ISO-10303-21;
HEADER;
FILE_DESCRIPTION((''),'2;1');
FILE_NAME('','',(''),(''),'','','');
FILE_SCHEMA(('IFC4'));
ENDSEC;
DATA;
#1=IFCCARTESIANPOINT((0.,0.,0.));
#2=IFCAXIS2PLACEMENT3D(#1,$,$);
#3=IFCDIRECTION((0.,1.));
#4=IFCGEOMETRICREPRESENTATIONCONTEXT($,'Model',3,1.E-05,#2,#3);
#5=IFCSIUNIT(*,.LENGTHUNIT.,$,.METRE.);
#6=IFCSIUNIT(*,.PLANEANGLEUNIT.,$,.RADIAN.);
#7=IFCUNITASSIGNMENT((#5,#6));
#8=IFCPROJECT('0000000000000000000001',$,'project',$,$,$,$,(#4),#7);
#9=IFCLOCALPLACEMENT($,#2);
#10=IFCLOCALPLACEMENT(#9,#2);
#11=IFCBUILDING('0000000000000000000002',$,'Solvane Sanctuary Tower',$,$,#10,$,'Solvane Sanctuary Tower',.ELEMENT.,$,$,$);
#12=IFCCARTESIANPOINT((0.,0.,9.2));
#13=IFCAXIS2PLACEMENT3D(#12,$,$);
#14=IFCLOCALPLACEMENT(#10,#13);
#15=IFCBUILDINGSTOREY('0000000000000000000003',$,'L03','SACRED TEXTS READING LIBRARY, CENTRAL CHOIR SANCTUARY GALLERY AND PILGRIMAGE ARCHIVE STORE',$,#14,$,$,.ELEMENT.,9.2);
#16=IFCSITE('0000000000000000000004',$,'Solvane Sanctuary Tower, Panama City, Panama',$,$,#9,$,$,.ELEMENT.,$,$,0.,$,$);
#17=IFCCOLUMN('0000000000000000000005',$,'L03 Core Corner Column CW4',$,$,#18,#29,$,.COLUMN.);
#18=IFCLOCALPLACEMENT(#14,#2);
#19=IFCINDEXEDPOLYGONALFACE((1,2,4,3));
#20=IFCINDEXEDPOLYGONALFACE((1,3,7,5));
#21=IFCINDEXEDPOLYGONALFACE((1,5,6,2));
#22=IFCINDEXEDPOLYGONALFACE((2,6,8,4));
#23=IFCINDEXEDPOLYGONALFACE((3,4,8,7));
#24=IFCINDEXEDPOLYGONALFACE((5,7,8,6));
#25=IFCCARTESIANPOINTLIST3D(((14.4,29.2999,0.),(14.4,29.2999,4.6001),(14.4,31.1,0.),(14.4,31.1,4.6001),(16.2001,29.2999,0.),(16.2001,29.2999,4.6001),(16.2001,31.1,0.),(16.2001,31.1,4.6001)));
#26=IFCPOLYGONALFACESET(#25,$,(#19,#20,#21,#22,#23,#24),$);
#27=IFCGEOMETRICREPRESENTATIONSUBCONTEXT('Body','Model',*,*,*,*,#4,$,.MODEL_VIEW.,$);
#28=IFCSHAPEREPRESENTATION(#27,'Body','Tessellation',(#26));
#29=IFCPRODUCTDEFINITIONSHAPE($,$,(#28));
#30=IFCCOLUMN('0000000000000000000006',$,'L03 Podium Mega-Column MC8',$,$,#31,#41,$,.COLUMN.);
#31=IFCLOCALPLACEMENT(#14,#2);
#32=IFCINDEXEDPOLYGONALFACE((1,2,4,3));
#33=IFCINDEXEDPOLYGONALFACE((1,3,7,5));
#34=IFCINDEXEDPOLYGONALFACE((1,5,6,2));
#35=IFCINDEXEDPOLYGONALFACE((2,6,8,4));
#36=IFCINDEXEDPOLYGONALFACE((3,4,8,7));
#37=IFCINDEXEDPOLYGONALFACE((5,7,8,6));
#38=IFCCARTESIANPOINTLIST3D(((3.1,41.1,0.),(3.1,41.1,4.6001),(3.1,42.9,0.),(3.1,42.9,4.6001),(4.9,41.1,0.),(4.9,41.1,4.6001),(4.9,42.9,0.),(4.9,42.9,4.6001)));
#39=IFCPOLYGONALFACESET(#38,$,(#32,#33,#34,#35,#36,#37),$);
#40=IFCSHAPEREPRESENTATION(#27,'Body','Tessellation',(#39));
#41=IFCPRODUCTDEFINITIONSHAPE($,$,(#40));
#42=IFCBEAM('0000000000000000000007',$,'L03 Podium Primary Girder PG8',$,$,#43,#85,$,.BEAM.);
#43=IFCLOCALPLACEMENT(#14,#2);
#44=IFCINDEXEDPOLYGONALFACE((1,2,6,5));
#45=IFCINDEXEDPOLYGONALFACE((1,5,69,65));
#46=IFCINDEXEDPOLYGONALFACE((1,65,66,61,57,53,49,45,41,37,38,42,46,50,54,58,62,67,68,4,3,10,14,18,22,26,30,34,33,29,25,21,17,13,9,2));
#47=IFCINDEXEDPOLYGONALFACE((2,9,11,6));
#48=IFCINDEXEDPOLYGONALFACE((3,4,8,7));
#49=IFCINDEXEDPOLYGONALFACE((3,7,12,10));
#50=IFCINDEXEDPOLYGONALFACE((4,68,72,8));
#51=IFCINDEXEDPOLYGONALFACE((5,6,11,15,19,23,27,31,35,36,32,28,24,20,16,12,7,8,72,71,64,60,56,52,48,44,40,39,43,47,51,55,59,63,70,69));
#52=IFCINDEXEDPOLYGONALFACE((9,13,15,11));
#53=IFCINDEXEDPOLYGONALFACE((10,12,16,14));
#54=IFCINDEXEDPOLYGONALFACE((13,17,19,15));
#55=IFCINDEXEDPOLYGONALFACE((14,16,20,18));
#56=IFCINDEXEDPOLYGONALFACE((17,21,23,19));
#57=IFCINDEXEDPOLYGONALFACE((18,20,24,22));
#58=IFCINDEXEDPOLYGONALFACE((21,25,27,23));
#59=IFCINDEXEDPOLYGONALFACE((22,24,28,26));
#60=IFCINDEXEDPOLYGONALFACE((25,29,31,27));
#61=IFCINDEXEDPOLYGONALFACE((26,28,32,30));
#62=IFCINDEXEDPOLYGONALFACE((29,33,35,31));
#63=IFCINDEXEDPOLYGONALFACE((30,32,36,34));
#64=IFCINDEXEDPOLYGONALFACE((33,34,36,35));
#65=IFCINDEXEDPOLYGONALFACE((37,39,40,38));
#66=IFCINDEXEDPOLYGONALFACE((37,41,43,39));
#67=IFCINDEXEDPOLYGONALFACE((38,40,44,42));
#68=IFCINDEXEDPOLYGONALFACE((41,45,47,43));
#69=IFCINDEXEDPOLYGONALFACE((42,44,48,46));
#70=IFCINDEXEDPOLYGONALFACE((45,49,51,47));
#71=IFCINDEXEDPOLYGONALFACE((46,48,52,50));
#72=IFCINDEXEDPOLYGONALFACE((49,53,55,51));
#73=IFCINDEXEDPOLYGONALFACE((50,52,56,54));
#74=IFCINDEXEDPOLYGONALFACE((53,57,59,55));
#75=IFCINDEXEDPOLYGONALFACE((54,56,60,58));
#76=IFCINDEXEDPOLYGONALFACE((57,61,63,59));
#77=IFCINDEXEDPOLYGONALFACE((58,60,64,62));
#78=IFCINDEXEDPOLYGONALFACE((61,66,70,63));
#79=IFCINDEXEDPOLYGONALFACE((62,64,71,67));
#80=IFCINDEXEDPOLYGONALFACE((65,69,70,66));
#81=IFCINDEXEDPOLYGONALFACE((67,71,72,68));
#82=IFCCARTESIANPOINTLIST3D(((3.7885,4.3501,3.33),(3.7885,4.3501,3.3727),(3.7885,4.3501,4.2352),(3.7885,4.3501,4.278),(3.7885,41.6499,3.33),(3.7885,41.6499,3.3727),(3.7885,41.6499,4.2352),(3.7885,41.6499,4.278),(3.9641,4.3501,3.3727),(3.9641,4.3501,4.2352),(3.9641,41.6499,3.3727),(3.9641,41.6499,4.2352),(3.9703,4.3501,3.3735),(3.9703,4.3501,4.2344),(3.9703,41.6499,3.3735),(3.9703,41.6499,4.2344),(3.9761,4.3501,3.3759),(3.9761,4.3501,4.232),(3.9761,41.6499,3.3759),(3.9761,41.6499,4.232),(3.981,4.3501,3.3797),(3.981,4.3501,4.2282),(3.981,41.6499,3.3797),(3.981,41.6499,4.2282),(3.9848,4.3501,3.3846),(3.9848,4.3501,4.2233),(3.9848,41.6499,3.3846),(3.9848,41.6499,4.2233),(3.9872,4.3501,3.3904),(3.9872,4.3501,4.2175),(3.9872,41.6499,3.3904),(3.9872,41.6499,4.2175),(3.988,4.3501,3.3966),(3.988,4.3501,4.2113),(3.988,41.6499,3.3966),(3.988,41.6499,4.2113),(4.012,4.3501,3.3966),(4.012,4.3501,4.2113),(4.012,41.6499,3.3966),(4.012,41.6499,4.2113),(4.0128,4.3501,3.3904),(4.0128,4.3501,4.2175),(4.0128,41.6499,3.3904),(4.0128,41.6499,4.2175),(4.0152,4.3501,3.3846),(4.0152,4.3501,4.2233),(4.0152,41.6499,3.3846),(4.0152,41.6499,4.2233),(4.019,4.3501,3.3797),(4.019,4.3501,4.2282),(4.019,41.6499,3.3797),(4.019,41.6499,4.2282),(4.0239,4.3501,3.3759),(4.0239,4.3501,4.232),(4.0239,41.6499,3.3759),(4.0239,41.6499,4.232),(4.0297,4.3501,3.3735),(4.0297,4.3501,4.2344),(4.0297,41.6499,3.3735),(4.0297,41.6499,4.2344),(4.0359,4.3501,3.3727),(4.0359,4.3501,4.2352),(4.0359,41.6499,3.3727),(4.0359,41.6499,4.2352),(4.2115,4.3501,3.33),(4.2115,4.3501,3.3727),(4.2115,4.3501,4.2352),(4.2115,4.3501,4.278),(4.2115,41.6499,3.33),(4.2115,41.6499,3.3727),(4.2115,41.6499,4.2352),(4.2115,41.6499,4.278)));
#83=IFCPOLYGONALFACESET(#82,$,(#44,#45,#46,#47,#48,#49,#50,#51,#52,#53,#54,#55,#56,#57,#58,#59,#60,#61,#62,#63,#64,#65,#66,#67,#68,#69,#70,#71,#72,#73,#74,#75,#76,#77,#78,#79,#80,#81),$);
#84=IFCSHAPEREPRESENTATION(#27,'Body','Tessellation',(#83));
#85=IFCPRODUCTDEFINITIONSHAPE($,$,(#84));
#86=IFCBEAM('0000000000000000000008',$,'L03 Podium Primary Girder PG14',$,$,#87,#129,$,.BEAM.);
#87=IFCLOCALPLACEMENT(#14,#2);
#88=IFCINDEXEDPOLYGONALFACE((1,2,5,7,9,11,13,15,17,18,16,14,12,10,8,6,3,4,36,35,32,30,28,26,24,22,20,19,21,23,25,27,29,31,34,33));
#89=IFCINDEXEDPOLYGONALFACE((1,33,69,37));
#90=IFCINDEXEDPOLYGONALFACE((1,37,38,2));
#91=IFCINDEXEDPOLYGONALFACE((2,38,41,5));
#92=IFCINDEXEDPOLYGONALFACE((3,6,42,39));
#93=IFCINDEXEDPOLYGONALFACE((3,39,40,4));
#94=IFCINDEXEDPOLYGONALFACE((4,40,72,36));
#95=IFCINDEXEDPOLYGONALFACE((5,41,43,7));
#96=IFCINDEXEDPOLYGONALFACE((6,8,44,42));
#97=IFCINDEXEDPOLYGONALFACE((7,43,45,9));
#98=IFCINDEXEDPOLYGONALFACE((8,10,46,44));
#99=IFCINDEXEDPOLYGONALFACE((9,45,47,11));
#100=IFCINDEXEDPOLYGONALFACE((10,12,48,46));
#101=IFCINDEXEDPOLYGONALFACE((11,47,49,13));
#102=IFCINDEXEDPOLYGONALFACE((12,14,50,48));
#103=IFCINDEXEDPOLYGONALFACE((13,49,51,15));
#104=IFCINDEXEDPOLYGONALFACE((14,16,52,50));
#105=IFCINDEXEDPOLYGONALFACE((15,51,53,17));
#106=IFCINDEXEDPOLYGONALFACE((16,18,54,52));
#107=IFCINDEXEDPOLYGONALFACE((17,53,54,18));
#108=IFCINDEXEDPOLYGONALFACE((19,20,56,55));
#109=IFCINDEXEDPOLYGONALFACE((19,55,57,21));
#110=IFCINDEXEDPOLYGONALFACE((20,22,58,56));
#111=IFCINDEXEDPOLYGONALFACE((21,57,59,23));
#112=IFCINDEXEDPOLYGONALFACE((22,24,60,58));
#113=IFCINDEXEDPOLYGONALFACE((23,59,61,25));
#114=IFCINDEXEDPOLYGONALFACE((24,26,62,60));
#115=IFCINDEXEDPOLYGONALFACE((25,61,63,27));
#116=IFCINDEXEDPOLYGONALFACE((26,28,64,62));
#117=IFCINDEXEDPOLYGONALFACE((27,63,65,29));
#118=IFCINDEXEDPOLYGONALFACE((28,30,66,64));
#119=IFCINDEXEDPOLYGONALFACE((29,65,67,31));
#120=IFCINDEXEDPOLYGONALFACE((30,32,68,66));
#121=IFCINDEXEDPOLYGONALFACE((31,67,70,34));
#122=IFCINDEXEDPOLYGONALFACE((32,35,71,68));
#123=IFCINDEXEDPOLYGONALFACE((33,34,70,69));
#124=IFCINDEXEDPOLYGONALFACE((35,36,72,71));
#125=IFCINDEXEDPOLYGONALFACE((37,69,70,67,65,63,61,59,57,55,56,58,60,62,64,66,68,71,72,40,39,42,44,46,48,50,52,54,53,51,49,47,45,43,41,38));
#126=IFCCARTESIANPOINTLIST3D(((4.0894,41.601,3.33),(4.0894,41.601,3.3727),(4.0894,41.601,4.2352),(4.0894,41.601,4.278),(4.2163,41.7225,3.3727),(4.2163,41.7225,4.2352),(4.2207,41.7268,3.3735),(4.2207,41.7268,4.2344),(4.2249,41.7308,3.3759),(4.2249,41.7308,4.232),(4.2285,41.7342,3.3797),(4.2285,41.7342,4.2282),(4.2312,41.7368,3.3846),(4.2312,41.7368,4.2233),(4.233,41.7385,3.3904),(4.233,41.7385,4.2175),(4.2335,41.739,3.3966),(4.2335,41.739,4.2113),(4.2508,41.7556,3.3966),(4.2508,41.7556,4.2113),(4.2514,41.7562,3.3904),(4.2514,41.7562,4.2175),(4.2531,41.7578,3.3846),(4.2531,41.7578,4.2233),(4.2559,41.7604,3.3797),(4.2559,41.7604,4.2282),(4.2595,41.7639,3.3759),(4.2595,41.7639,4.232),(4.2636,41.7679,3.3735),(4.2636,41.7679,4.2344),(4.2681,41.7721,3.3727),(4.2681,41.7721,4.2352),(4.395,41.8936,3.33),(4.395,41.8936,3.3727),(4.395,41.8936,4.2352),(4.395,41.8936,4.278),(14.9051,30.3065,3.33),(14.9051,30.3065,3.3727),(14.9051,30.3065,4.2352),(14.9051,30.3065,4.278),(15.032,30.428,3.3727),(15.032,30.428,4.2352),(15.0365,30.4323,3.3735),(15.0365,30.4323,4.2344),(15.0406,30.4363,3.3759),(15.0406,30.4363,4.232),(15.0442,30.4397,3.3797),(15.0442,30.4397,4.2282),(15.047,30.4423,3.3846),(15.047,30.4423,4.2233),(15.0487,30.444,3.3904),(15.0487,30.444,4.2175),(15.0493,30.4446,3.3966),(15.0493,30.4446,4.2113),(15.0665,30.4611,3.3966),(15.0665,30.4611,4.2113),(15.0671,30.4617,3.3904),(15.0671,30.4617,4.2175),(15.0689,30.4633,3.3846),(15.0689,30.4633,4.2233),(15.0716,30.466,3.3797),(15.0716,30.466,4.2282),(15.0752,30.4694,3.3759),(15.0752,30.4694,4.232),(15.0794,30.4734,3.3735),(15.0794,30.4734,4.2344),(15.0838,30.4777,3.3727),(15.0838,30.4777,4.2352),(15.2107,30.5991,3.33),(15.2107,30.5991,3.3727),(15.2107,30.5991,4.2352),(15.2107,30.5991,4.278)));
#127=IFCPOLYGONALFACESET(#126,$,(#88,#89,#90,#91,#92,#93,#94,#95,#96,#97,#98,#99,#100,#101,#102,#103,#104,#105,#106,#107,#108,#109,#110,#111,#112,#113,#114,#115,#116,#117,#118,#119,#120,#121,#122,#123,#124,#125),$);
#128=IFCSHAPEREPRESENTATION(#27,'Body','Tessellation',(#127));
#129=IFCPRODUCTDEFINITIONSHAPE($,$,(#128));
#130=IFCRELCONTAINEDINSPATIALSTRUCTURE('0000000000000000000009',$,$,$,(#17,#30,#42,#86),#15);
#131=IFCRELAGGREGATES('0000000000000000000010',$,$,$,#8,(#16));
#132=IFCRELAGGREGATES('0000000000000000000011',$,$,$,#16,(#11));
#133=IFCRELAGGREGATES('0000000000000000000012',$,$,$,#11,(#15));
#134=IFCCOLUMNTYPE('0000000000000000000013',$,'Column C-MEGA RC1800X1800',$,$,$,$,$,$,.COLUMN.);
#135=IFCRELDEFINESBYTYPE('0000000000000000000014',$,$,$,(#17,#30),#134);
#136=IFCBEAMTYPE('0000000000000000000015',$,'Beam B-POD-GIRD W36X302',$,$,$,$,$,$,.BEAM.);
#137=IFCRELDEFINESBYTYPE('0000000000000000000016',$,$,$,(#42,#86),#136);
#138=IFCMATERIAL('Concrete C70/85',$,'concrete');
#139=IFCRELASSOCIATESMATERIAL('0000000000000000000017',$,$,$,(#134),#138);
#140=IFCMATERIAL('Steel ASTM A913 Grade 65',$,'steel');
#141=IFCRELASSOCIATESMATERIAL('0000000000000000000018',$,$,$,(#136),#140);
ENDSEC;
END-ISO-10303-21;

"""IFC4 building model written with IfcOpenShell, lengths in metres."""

from ifc_helpers import new_model, si_unit, direction, frame, origin, origin_2d, place, context, subcontext, project, spatial, rectangle, i_section, extrude, material, material_profile, profile_set, type_object, element, save


model = new_model("IFC4")

# Units and contexts
model_context = context("Model", 3, precision=1e-05, world=origin(), true_north=direction((0.0, 1.0)))
body_context = subcontext(model_context, "Body", "Model", "MODEL_VIEW")
ifc_project = project(units=[si_unit("LENGTHUNIT", "METRE"), si_unit("PLANEANGLEUNIT", "RADIAN")], contexts=[model_context])

# Site, building, storey
site_placement = place(None, origin())
site = spatial("IfcSite", under=ifc_project, at=site_placement, Name="Solvane Sanctuary Tower, Panama City, Panama", CompositionType="ELEMENT", RefElevation=0.0)
building_placement = place(site_placement, origin())
building = spatial("IfcBuilding", under=site, at=building_placement, Name="Solvane Sanctuary Tower", LongName="Solvane Sanctuary Tower", CompositionType="ELEMENT")
storey_placement = place(building_placement, frame((0.0, 0.0, 9.2)))
storey = spatial("IfcBuildingStorey", under=building, at=storey_placement, Name="L03", Description="SACRED TEXTS READING LIBRARY, CENTRAL CHOIR SANCTUARY GALLERY AND PILGRIMAGE ARCHIVE STORE", CompositionType="ELEMENT", Elevation=9.2)

# Columns
ifc_material_1 = material(Name="Concrete C70/85", Category="concrete")
ifc_material_profile_1 = material_profile(ifc_material_1, rectangle(XDim=1.8, YDim=1.8, at=origin_2d()), Name="RC1800X1800")
ifc_profile_set_1 = profile_set([ifc_material_profile_1], Name="Concrete C70/85")
column_type = type_object("IfcColumnType", Name="Column C-MEGA RC1800X1800", PredefinedType="COLUMN", material=ifc_profile_set_1)
for number, where, z_axis, x_axis, name in (
    (1, (15.3, 30.2, 0.0), (0.0, 0.0, 1.0), (1.0, 0.0, 0.0), "L03 Core Corner Column CW4"),
    (2, (4.0, 42.0, 0.0), (0.0, 0.0, 1.0), (1.0, 0.0, 0.0), "L03 Podium Mega-Column MC8"),
):
    element("IfcColumn", number, at=place(storey_placement, frame(where, z_axis=z_axis, x_axis=x_axis)), inside=storey, type_object=column_type, Name=name, PredefinedType="COLUMN", context=body_context, shape_type="SweptSolid", body=[
        extrude(rectangle(XDim=1.8, YDim=1.8, at=origin_2d()), origin(), (0.0, 0.0, 1.0), 4.6001),
    ])

# Beams
ifc_material_2 = material(Name="Steel ASTM A913 Grade 65", Category="steel")
ifc_material_profile_2 = material_profile(ifc_material_2, i_section(OverallWidth=0.4231, OverallDepth=0.948, WebThickness=0.0239, FlangeThickness=0.0427, FilletRadius=0.0239, at=origin_2d()), Name="W36X302")
ifc_profile_set_2 = profile_set([ifc_material_profile_2], Name="Steel ASTM A913 Grade 65")
beam_type = type_object("IfcBeamType", Name="Beam B-POD-GIRD W36X302", PredefinedType="BEAM", material=ifc_profile_set_2)
beam_1_placement = place(storey_placement, frame((4.0, 41.6499, 3.804), z_axis=(0.0, -1.0, 0.0), x_axis=(1.0, 0.0, 0.0)))
element("IfcBeam", 3, at=beam_1_placement, inside=storey, type_object=beam_type, Name="L03 Podium Primary Girder PG8", PredefinedType="BEAM", context=body_context, shape_type="SweptSolid", body=[
    extrude(i_section(OverallWidth=0.4231, OverallDepth=0.948, WebThickness=0.0239, FlangeThickness=0.0427, FilletRadius=0.0239, at=origin_2d()), origin(), (0.0, 0.0, 1.0), 37.2998),
])
beam_2_placement = place(storey_placement, frame((4.2422, 41.7473, 3.804), z_axis=(0.691633, -0.722249, 0.0), x_axis=(0.722249, 0.691633, 0.0)))
element("IfcBeam", 4, at=beam_2_placement, inside=storey, type_object=beam_type, Name="L03 Podium Primary Girder PG14", PredefinedType="BEAM", context=body_context, shape_type="SweptSolid", body=[
    extrude(i_section(OverallWidth=0.4231, OverallDepth=0.948, WebThickness=0.0239, FlangeThickness=0.0427, FilletRadius=0.0239, at=origin_2d()), origin(), (0.0, 0.0, 1.0), 15.6379),
])

save(model, "model.ifc")
